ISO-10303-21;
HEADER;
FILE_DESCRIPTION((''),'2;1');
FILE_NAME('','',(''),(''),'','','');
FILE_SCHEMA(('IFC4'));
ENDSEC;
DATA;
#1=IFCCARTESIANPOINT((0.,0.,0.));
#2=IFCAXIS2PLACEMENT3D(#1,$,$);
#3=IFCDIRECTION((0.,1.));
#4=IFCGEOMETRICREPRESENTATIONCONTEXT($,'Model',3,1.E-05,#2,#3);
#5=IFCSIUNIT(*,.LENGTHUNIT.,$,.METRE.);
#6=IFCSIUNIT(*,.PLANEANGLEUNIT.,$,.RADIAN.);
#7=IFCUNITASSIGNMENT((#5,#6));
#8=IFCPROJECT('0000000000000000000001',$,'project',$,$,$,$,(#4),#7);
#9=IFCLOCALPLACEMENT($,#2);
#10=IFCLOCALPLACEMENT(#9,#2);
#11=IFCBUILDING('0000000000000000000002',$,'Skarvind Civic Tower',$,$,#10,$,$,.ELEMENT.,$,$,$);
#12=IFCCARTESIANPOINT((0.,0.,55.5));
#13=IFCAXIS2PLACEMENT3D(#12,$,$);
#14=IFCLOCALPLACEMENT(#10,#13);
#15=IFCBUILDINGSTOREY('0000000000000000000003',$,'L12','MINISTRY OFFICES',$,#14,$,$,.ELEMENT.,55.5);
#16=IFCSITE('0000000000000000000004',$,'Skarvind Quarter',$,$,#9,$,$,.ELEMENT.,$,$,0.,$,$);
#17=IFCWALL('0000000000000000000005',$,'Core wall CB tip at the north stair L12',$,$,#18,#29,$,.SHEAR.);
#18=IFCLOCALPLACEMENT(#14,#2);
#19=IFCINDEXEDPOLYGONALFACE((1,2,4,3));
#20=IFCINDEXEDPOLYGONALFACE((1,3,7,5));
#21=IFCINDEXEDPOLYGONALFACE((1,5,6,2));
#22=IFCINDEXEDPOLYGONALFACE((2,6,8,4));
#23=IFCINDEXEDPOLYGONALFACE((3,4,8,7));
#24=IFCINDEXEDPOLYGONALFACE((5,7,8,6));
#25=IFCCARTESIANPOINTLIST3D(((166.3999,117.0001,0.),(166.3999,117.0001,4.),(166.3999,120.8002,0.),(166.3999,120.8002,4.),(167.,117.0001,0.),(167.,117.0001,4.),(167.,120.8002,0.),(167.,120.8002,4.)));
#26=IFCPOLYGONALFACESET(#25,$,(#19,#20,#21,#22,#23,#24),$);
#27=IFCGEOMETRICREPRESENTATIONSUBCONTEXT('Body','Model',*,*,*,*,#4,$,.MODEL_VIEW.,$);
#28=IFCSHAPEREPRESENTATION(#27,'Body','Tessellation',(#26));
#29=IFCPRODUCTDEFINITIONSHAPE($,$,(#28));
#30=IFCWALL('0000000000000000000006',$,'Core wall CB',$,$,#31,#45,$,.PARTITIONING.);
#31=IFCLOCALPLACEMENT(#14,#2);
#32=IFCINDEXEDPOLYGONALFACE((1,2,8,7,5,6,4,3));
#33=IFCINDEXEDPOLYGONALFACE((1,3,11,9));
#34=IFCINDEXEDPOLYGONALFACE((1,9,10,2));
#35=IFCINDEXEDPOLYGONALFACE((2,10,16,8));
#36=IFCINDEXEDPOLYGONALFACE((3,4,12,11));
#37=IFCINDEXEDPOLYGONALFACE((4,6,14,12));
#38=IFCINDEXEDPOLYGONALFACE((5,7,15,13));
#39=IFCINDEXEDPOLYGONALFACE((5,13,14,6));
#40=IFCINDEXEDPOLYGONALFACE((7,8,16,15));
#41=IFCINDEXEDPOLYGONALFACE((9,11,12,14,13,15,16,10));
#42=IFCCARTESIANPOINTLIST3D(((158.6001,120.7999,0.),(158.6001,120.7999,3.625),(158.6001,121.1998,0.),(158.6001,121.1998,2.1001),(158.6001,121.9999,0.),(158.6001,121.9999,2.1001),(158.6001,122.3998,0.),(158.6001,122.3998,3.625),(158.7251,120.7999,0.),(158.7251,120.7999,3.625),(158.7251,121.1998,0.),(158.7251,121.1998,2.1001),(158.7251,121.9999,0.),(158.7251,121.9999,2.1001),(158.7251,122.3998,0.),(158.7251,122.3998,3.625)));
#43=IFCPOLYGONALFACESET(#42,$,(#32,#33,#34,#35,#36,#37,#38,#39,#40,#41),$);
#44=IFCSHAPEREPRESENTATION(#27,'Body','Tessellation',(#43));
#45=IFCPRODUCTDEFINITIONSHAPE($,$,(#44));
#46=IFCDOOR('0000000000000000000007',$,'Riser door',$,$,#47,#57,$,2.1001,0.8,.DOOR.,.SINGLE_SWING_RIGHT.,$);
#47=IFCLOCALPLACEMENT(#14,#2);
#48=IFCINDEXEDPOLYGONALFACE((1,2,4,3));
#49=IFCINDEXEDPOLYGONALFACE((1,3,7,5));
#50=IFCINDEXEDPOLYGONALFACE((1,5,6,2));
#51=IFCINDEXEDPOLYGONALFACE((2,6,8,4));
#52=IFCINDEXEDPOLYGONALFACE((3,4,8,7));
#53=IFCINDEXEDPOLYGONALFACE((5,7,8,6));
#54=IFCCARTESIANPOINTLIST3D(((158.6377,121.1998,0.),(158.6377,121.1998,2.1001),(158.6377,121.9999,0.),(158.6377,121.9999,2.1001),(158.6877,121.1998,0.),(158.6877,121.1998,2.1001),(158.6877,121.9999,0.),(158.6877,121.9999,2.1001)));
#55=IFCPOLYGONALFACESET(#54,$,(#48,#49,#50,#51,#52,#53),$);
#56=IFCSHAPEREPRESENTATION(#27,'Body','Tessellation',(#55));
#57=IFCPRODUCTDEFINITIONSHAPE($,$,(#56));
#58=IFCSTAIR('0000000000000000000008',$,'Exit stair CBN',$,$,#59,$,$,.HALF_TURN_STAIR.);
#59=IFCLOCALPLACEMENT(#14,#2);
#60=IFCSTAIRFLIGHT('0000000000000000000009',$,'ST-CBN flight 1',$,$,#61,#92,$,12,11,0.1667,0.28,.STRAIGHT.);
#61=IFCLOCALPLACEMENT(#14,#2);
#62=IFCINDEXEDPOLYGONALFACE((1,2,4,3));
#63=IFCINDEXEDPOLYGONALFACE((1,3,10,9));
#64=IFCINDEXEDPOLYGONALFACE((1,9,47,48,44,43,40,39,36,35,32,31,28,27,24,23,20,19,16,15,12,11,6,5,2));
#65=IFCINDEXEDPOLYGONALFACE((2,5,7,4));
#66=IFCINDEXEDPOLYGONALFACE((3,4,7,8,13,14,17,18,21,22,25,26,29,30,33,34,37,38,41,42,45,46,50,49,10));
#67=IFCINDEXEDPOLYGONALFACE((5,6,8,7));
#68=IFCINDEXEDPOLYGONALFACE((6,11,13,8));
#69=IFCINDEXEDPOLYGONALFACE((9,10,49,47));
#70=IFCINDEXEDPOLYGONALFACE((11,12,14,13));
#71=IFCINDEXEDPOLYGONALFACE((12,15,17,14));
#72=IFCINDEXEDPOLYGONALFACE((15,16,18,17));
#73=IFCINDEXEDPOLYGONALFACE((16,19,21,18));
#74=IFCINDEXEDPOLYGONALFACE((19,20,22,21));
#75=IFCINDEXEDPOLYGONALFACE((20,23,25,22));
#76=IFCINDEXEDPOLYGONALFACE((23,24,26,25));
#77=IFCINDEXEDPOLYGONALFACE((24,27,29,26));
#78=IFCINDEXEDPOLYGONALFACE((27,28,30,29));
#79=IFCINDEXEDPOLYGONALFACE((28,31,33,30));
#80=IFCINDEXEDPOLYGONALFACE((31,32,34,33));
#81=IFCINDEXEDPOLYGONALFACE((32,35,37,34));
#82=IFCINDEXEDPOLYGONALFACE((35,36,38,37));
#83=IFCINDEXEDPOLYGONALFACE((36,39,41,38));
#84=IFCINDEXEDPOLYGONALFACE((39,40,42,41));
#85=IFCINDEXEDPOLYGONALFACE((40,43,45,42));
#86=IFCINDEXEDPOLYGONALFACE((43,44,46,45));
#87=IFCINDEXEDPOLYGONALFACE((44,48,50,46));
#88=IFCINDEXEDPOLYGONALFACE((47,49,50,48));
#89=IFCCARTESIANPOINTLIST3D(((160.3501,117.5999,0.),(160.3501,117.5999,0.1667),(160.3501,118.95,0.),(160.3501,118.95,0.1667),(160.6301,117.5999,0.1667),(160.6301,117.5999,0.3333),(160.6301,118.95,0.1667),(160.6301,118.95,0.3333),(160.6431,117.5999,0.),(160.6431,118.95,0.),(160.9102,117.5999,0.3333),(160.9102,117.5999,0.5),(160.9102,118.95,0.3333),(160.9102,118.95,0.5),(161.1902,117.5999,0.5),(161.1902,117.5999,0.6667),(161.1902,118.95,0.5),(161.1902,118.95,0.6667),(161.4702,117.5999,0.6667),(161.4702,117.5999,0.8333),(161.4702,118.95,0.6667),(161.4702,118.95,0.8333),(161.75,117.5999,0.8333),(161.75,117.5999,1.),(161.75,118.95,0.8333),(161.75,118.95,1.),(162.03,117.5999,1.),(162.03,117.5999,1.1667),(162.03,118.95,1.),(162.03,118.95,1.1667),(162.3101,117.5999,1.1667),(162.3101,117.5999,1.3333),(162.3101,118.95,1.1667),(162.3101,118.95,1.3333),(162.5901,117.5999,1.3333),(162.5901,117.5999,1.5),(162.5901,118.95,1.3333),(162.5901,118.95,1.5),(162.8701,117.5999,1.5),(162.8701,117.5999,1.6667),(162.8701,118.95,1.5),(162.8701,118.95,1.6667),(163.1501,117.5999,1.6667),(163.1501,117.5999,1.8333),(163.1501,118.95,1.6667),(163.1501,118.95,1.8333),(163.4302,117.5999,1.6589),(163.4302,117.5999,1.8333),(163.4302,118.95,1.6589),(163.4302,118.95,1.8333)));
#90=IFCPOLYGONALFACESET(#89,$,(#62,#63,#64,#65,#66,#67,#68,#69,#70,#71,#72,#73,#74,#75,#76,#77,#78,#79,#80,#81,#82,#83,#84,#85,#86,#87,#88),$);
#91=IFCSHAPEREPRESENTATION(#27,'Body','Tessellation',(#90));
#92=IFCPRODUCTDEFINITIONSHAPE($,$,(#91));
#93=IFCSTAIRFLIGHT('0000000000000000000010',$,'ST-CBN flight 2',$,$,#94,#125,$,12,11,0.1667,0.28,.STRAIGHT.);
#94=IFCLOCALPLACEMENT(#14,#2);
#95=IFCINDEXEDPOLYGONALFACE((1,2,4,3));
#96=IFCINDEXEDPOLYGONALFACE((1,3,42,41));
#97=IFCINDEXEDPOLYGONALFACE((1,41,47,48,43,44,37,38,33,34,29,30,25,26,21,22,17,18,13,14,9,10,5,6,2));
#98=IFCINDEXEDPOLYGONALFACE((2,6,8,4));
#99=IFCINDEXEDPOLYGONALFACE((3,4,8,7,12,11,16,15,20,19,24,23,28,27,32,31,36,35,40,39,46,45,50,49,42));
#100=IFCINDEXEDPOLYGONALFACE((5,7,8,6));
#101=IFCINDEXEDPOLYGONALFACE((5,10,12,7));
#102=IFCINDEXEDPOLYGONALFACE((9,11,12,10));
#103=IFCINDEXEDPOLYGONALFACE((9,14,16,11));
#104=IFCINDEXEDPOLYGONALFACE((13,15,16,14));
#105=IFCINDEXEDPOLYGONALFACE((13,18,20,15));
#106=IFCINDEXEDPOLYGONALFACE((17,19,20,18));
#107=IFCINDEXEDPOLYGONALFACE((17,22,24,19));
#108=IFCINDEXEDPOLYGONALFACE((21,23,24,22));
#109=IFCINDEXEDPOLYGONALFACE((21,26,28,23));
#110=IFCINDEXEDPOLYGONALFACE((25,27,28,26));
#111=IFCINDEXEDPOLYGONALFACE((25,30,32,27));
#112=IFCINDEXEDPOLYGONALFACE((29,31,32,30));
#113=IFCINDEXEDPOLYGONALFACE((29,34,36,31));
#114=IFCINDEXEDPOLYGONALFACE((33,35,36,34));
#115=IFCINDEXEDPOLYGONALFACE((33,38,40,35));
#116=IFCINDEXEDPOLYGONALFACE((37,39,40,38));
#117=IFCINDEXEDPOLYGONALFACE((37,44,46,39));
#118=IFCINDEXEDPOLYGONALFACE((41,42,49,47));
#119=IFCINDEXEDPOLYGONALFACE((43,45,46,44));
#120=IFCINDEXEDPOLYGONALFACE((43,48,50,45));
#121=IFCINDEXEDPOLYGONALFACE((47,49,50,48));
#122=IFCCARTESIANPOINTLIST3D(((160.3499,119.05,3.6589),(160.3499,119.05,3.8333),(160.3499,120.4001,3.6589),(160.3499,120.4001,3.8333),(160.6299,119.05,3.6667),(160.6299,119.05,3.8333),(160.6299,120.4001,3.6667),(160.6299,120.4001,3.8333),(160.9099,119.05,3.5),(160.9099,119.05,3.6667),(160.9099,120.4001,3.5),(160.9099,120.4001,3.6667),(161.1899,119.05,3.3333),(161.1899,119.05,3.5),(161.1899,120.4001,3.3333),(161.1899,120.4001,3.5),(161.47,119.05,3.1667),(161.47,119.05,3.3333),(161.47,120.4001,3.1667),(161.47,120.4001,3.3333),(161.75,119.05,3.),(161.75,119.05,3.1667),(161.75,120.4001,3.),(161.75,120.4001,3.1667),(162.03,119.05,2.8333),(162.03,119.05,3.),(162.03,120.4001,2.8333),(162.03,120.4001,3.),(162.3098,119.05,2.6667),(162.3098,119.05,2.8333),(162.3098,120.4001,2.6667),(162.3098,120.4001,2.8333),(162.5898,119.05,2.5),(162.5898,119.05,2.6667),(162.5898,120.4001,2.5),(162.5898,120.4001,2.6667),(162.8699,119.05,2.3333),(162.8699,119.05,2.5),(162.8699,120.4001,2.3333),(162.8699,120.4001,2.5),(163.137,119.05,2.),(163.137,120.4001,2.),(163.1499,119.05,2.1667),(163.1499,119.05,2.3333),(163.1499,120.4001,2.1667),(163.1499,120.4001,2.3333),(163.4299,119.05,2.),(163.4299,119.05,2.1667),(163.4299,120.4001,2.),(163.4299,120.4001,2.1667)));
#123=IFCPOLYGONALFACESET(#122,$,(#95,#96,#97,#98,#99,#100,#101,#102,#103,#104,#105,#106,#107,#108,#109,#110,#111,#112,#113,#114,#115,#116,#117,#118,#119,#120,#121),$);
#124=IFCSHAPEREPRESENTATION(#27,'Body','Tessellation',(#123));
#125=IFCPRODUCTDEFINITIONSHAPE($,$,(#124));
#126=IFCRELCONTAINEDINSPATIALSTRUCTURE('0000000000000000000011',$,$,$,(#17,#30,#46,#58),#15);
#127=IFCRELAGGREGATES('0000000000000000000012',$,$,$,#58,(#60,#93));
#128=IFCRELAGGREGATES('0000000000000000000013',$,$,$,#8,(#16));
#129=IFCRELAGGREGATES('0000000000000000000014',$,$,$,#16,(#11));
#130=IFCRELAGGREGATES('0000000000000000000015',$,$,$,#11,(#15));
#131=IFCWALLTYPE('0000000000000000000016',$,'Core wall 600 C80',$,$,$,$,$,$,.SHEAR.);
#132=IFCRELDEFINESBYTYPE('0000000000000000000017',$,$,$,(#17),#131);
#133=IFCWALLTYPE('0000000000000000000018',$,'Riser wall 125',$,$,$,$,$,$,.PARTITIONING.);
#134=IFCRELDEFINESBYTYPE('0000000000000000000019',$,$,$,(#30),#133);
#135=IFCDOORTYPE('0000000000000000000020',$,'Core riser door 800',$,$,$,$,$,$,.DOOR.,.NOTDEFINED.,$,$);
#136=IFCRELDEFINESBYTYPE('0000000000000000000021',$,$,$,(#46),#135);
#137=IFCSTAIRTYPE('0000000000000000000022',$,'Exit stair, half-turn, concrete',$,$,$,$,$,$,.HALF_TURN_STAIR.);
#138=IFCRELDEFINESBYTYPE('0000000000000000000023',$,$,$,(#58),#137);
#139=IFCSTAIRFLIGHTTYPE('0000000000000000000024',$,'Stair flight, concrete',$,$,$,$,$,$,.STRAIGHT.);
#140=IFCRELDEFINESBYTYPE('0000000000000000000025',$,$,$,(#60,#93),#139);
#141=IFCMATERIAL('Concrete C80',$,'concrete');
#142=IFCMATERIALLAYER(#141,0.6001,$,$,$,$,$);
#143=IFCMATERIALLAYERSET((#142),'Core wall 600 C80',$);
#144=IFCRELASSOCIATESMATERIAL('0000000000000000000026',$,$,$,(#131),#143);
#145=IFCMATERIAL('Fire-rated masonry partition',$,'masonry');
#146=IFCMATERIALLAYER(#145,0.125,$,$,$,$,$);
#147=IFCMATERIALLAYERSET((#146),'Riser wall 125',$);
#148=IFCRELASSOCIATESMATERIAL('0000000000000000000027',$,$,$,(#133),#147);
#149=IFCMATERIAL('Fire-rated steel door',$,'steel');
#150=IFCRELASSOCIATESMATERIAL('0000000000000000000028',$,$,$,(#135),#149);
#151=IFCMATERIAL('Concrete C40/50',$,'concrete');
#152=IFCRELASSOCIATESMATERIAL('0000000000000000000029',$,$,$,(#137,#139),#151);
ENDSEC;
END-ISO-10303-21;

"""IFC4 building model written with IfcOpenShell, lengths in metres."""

from ifc_helpers import new_model, si_unit, direction, frame, frame_2d, origin, place, context, subcontext, project, spatial, polyline, rectangle, outline, extrude, material, layer, layer_set, type_object, element, fill, aggregate, save


model = new_model("IFC4")

# Units and contexts
model_context = context("Model", 3, precision=1e-05, world=origin(), true_north=direction((0.0, 1.0)))
body_context = subcontext(model_context, "Body", "Model", "MODEL_VIEW")
ifc_project = project(units=[si_unit("LENGTHUNIT", "METRE"), si_unit("PLANEANGLEUNIT", "RADIAN")], contexts=[model_context])

# Site, building, storey
site_placement = place(None, origin())
site = spatial("IfcSite", under=ifc_project, at=site_placement, Name="Skarvind Quarter", CompositionType="ELEMENT", RefElevation=0.0)
building_placement = place(site_placement, origin())
building = spatial("IfcBuilding", under=site, at=building_placement, Name="Skarvind Civic Tower", CompositionType="ELEMENT")
storey_placement = place(building_placement, frame((0.0, 0.0, 55.5)))
storey = spatial("IfcBuildingStorey", under=building, at=storey_placement, Name="L12", Description="MINISTRY OFFICES", CompositionType="ELEMENT", Elevation=55.5)

# Shared definitions
ifc_material_1 = material(Name="Fire-rated masonry partition", Category="masonry")
ifc_material_2 = material(Name="Fire-rated steel door", Category="steel")

# Shared definitions
ifc_material_3 = material(Name="Concrete C80", Category="concrete")

# Wall
ifc_layer_1 = layer(ifc_material_3, 0.6001)
ifc_layer_set_1 = layer_set([ifc_layer_1], Name="Core wall 600 C80")
wall_type_1 = type_object("IfcWallType", Name="Core wall 600 C80", PredefinedType="SHEAR", material=ifc_layer_set_1)
wall_1_placement = place(storey_placement, frame((166.7, 120.8, 0.0), z_axis=(0.0, 0.0, 1.0), x_axis=(0.0, -1.0, 0.0)))
element("IfcWall", 1, at=wall_1_placement, inside=storey, type_object=wall_type_1, Name="Core wall CB tip at the north stair L12", PredefinedType="SHEAR", context=body_context, shape_type="SweptSolid", body=[
    extrude(rectangle(XDim=3.8, YDim=0.6001, at=frame_2d((1.8999, 0.0))), origin(), (0.0, 0.0, 1.0), 4.0),
])

# Wall, opening, door
ifc_layer_2 = layer(ifc_material_1, 0.125)
ifc_layer_set_2 = layer_set([ifc_layer_2], Name="Riser wall 125")
wall_type_2 = type_object("IfcWallType", Name="Riser wall 125", PredefinedType="PARTITIONING", material=ifc_layer_set_2)
wall_2_placement = place(storey_placement, frame((158.6626, 120.8, 0.0), z_axis=(0.0, 0.0, 1.0), x_axis=(0.0, 1.0, 0.0)))
wall_2 = element("IfcWall", 2, at=wall_2_placement, inside=storey, type_object=wall_type_2, Name="Core wall CB", PredefinedType="PARTITIONING", context=body_context, shape_type="SweptSolid", body=[
    extrude(rectangle(XDim=1.5999, YDim=0.125, at=frame_2d((0.7998, 0.0))), origin(), (0.0, 0.0, 1.0), 3.625),
])
opening_1_placement = place(wall_2_placement, frame((0.3999, 0.0, 0.0)))
opening_1 = element("IfcOpeningElement", 3, at=opening_1_placement, cuts=wall_2, PredefinedType="OPENING", context=body_context, shape_type="SweptSolid", body=[
    extrude(rectangle(XDim=0.8, YDim=2.1001, at=frame_2d((0.3999, 1.05))), frame((0.0, 0.0725, 0.0), z_axis=(0.0, -1.0, 0.0), x_axis=(1.0, 0.0, 0.0)), (0.0, 0.0, 1.0), 0.145),
])
door_type_1 = type_object("IfcDoorType", Name="Core riser door 800", OperationType="NOTDEFINED", PredefinedType="DOOR", material=ifc_material_2)
door_1_placement = place(opening_1_placement, origin())
door_1 = element("IfcDoor", 4, at=door_1_placement, inside=storey, type_object=door_type_1, Name="Riser door", OperationType="SINGLE_SWING_RIGHT", OverallHeight=2.1001, OverallWidth=0.8, PredefinedType="DOOR", context=body_context, shape_type="SweptSolid", body=[
    extrude(rectangle(XDim=0.8, YDim=2.1001, at=frame_2d((0.3999, 1.05))), frame((0.0, 0.0249, 0.0), z_axis=(0.0, -1.0, 0.0), x_axis=(1.0, 0.0, 0.0)), (0.0, 0.0, 1.0), 0.05),
])
fill(opening_1, door_1)

# Stair, stair flights
ifc_material_4 = material(Name="Concrete C40/50", Category="concrete")
stair_type = type_object("IfcStairType", Name="Exit stair, half-turn, concrete", PredefinedType="HALF_TURN_STAIR", material=ifc_material_4)
stair_placement = place(storey_placement, origin())
stair = element("IfcStair", 5, at=stair_placement, inside=storey, type_object=stair_type, Name="Exit stair CBN", PredefinedType="HALF_TURN_STAIR")
stair_flight_type = type_object("IfcStairFlightType", Name="Stair flight, concrete", PredefinedType="STRAIGHT", material=ifc_material_4)
stair_flight_1_placement = place(storey_placement, frame((160.3501, 118.2749, 0.0), z_axis=(0.0, 0.0, 1.0), x_axis=(1.0, 0.0, 0.0)))
stair_flight_1 = element("IfcStairFlight", 6, at=stair_flight_1_placement, type_object=stair_flight_type, Name="ST-CBN flight 1", NumberOfRisers=12, NumberOfTreads=11, PredefinedType="STRAIGHT", RiserHeight=0.1667, TreadLength=0.28, context=body_context, shape_type="SweptSolid", body=[
    extrude(outline(polyline([(0.0, 0.0), (0.0, 0.1667), (0.28, 0.1667), (0.28, 0.3333), (0.5601, 0.3333), (0.5601, 0.5), (0.8401, 0.5), (0.8401, 0.6667), (1.1201, 0.6667), (1.1201, 0.8333), (1.3999, 0.8333), (1.3999, 1.0), (1.6799, 1.0), (1.6799, 1.1667), (1.96, 1.1667), (1.96, 1.3333), (2.24, 1.3333), (2.24, 1.5), (2.52, 1.5), (2.52, 1.6667), (2.8, 1.6667), (2.8, 1.8333), (3.0801, 1.8333), (3.0801, 2.0), (3.0801, 1.6589), (0.293, 0.0), (0.0, 0.0)])), frame((0.0, 0.675, 0.0), z_axis=(0.0, -1.0, 0.0), x_axis=(1.0, 0.0, 0.0)), (0.0, 0.0, 1.0), 1.3501),
])
stair_flight_2_placement = place(storey_placement, frame((163.4299, 119.7251, 2.0), z_axis=(0.0, 0.0, 1.0), x_axis=(-1.0, 0.0, 0.0)))
stair_flight_2 = element("IfcStairFlight", 7, at=stair_flight_2_placement, type_object=stair_flight_type, Name="ST-CBN flight 2", NumberOfRisers=12, NumberOfTreads=11, PredefinedType="STRAIGHT", RiserHeight=0.1667, TreadLength=0.28, context=body_context, shape_type="SweptSolid", body=[
    extrude(outline(polyline([(0.0, 0.0), (0.0, 0.1667), (0.28, 0.1667), (0.28, 0.3333), (0.5601, 0.3333), (0.5601, 0.5), (0.8401, 0.5), (0.8401, 0.6667), (1.1201, 0.6667), (1.1201, 0.8333), (1.3999, 0.8333), (1.3999, 1.0), (1.6799, 1.0), (1.6799, 1.1667), (1.96, 1.1667), (1.96, 1.3333), (2.24, 1.3333), (2.24, 1.5), (2.52, 1.5), (2.52, 1.6667), (2.8, 1.6667), (2.8, 1.8333), (3.0801, 1.8333), (3.0801, 2.0), (3.0801, 1.6589), (0.293, 0.0), (0.0, 0.0)])), frame((0.0, 0.675, 0.0), z_axis=(0.0, -1.0, 0.0), x_axis=(1.0, 0.0, 0.0)), (0.0, 0.0, 1.0), 1.3501),
])
aggregate(stair, [stair_flight_1, stair_flight_2])

save(model, "model.ifc")
